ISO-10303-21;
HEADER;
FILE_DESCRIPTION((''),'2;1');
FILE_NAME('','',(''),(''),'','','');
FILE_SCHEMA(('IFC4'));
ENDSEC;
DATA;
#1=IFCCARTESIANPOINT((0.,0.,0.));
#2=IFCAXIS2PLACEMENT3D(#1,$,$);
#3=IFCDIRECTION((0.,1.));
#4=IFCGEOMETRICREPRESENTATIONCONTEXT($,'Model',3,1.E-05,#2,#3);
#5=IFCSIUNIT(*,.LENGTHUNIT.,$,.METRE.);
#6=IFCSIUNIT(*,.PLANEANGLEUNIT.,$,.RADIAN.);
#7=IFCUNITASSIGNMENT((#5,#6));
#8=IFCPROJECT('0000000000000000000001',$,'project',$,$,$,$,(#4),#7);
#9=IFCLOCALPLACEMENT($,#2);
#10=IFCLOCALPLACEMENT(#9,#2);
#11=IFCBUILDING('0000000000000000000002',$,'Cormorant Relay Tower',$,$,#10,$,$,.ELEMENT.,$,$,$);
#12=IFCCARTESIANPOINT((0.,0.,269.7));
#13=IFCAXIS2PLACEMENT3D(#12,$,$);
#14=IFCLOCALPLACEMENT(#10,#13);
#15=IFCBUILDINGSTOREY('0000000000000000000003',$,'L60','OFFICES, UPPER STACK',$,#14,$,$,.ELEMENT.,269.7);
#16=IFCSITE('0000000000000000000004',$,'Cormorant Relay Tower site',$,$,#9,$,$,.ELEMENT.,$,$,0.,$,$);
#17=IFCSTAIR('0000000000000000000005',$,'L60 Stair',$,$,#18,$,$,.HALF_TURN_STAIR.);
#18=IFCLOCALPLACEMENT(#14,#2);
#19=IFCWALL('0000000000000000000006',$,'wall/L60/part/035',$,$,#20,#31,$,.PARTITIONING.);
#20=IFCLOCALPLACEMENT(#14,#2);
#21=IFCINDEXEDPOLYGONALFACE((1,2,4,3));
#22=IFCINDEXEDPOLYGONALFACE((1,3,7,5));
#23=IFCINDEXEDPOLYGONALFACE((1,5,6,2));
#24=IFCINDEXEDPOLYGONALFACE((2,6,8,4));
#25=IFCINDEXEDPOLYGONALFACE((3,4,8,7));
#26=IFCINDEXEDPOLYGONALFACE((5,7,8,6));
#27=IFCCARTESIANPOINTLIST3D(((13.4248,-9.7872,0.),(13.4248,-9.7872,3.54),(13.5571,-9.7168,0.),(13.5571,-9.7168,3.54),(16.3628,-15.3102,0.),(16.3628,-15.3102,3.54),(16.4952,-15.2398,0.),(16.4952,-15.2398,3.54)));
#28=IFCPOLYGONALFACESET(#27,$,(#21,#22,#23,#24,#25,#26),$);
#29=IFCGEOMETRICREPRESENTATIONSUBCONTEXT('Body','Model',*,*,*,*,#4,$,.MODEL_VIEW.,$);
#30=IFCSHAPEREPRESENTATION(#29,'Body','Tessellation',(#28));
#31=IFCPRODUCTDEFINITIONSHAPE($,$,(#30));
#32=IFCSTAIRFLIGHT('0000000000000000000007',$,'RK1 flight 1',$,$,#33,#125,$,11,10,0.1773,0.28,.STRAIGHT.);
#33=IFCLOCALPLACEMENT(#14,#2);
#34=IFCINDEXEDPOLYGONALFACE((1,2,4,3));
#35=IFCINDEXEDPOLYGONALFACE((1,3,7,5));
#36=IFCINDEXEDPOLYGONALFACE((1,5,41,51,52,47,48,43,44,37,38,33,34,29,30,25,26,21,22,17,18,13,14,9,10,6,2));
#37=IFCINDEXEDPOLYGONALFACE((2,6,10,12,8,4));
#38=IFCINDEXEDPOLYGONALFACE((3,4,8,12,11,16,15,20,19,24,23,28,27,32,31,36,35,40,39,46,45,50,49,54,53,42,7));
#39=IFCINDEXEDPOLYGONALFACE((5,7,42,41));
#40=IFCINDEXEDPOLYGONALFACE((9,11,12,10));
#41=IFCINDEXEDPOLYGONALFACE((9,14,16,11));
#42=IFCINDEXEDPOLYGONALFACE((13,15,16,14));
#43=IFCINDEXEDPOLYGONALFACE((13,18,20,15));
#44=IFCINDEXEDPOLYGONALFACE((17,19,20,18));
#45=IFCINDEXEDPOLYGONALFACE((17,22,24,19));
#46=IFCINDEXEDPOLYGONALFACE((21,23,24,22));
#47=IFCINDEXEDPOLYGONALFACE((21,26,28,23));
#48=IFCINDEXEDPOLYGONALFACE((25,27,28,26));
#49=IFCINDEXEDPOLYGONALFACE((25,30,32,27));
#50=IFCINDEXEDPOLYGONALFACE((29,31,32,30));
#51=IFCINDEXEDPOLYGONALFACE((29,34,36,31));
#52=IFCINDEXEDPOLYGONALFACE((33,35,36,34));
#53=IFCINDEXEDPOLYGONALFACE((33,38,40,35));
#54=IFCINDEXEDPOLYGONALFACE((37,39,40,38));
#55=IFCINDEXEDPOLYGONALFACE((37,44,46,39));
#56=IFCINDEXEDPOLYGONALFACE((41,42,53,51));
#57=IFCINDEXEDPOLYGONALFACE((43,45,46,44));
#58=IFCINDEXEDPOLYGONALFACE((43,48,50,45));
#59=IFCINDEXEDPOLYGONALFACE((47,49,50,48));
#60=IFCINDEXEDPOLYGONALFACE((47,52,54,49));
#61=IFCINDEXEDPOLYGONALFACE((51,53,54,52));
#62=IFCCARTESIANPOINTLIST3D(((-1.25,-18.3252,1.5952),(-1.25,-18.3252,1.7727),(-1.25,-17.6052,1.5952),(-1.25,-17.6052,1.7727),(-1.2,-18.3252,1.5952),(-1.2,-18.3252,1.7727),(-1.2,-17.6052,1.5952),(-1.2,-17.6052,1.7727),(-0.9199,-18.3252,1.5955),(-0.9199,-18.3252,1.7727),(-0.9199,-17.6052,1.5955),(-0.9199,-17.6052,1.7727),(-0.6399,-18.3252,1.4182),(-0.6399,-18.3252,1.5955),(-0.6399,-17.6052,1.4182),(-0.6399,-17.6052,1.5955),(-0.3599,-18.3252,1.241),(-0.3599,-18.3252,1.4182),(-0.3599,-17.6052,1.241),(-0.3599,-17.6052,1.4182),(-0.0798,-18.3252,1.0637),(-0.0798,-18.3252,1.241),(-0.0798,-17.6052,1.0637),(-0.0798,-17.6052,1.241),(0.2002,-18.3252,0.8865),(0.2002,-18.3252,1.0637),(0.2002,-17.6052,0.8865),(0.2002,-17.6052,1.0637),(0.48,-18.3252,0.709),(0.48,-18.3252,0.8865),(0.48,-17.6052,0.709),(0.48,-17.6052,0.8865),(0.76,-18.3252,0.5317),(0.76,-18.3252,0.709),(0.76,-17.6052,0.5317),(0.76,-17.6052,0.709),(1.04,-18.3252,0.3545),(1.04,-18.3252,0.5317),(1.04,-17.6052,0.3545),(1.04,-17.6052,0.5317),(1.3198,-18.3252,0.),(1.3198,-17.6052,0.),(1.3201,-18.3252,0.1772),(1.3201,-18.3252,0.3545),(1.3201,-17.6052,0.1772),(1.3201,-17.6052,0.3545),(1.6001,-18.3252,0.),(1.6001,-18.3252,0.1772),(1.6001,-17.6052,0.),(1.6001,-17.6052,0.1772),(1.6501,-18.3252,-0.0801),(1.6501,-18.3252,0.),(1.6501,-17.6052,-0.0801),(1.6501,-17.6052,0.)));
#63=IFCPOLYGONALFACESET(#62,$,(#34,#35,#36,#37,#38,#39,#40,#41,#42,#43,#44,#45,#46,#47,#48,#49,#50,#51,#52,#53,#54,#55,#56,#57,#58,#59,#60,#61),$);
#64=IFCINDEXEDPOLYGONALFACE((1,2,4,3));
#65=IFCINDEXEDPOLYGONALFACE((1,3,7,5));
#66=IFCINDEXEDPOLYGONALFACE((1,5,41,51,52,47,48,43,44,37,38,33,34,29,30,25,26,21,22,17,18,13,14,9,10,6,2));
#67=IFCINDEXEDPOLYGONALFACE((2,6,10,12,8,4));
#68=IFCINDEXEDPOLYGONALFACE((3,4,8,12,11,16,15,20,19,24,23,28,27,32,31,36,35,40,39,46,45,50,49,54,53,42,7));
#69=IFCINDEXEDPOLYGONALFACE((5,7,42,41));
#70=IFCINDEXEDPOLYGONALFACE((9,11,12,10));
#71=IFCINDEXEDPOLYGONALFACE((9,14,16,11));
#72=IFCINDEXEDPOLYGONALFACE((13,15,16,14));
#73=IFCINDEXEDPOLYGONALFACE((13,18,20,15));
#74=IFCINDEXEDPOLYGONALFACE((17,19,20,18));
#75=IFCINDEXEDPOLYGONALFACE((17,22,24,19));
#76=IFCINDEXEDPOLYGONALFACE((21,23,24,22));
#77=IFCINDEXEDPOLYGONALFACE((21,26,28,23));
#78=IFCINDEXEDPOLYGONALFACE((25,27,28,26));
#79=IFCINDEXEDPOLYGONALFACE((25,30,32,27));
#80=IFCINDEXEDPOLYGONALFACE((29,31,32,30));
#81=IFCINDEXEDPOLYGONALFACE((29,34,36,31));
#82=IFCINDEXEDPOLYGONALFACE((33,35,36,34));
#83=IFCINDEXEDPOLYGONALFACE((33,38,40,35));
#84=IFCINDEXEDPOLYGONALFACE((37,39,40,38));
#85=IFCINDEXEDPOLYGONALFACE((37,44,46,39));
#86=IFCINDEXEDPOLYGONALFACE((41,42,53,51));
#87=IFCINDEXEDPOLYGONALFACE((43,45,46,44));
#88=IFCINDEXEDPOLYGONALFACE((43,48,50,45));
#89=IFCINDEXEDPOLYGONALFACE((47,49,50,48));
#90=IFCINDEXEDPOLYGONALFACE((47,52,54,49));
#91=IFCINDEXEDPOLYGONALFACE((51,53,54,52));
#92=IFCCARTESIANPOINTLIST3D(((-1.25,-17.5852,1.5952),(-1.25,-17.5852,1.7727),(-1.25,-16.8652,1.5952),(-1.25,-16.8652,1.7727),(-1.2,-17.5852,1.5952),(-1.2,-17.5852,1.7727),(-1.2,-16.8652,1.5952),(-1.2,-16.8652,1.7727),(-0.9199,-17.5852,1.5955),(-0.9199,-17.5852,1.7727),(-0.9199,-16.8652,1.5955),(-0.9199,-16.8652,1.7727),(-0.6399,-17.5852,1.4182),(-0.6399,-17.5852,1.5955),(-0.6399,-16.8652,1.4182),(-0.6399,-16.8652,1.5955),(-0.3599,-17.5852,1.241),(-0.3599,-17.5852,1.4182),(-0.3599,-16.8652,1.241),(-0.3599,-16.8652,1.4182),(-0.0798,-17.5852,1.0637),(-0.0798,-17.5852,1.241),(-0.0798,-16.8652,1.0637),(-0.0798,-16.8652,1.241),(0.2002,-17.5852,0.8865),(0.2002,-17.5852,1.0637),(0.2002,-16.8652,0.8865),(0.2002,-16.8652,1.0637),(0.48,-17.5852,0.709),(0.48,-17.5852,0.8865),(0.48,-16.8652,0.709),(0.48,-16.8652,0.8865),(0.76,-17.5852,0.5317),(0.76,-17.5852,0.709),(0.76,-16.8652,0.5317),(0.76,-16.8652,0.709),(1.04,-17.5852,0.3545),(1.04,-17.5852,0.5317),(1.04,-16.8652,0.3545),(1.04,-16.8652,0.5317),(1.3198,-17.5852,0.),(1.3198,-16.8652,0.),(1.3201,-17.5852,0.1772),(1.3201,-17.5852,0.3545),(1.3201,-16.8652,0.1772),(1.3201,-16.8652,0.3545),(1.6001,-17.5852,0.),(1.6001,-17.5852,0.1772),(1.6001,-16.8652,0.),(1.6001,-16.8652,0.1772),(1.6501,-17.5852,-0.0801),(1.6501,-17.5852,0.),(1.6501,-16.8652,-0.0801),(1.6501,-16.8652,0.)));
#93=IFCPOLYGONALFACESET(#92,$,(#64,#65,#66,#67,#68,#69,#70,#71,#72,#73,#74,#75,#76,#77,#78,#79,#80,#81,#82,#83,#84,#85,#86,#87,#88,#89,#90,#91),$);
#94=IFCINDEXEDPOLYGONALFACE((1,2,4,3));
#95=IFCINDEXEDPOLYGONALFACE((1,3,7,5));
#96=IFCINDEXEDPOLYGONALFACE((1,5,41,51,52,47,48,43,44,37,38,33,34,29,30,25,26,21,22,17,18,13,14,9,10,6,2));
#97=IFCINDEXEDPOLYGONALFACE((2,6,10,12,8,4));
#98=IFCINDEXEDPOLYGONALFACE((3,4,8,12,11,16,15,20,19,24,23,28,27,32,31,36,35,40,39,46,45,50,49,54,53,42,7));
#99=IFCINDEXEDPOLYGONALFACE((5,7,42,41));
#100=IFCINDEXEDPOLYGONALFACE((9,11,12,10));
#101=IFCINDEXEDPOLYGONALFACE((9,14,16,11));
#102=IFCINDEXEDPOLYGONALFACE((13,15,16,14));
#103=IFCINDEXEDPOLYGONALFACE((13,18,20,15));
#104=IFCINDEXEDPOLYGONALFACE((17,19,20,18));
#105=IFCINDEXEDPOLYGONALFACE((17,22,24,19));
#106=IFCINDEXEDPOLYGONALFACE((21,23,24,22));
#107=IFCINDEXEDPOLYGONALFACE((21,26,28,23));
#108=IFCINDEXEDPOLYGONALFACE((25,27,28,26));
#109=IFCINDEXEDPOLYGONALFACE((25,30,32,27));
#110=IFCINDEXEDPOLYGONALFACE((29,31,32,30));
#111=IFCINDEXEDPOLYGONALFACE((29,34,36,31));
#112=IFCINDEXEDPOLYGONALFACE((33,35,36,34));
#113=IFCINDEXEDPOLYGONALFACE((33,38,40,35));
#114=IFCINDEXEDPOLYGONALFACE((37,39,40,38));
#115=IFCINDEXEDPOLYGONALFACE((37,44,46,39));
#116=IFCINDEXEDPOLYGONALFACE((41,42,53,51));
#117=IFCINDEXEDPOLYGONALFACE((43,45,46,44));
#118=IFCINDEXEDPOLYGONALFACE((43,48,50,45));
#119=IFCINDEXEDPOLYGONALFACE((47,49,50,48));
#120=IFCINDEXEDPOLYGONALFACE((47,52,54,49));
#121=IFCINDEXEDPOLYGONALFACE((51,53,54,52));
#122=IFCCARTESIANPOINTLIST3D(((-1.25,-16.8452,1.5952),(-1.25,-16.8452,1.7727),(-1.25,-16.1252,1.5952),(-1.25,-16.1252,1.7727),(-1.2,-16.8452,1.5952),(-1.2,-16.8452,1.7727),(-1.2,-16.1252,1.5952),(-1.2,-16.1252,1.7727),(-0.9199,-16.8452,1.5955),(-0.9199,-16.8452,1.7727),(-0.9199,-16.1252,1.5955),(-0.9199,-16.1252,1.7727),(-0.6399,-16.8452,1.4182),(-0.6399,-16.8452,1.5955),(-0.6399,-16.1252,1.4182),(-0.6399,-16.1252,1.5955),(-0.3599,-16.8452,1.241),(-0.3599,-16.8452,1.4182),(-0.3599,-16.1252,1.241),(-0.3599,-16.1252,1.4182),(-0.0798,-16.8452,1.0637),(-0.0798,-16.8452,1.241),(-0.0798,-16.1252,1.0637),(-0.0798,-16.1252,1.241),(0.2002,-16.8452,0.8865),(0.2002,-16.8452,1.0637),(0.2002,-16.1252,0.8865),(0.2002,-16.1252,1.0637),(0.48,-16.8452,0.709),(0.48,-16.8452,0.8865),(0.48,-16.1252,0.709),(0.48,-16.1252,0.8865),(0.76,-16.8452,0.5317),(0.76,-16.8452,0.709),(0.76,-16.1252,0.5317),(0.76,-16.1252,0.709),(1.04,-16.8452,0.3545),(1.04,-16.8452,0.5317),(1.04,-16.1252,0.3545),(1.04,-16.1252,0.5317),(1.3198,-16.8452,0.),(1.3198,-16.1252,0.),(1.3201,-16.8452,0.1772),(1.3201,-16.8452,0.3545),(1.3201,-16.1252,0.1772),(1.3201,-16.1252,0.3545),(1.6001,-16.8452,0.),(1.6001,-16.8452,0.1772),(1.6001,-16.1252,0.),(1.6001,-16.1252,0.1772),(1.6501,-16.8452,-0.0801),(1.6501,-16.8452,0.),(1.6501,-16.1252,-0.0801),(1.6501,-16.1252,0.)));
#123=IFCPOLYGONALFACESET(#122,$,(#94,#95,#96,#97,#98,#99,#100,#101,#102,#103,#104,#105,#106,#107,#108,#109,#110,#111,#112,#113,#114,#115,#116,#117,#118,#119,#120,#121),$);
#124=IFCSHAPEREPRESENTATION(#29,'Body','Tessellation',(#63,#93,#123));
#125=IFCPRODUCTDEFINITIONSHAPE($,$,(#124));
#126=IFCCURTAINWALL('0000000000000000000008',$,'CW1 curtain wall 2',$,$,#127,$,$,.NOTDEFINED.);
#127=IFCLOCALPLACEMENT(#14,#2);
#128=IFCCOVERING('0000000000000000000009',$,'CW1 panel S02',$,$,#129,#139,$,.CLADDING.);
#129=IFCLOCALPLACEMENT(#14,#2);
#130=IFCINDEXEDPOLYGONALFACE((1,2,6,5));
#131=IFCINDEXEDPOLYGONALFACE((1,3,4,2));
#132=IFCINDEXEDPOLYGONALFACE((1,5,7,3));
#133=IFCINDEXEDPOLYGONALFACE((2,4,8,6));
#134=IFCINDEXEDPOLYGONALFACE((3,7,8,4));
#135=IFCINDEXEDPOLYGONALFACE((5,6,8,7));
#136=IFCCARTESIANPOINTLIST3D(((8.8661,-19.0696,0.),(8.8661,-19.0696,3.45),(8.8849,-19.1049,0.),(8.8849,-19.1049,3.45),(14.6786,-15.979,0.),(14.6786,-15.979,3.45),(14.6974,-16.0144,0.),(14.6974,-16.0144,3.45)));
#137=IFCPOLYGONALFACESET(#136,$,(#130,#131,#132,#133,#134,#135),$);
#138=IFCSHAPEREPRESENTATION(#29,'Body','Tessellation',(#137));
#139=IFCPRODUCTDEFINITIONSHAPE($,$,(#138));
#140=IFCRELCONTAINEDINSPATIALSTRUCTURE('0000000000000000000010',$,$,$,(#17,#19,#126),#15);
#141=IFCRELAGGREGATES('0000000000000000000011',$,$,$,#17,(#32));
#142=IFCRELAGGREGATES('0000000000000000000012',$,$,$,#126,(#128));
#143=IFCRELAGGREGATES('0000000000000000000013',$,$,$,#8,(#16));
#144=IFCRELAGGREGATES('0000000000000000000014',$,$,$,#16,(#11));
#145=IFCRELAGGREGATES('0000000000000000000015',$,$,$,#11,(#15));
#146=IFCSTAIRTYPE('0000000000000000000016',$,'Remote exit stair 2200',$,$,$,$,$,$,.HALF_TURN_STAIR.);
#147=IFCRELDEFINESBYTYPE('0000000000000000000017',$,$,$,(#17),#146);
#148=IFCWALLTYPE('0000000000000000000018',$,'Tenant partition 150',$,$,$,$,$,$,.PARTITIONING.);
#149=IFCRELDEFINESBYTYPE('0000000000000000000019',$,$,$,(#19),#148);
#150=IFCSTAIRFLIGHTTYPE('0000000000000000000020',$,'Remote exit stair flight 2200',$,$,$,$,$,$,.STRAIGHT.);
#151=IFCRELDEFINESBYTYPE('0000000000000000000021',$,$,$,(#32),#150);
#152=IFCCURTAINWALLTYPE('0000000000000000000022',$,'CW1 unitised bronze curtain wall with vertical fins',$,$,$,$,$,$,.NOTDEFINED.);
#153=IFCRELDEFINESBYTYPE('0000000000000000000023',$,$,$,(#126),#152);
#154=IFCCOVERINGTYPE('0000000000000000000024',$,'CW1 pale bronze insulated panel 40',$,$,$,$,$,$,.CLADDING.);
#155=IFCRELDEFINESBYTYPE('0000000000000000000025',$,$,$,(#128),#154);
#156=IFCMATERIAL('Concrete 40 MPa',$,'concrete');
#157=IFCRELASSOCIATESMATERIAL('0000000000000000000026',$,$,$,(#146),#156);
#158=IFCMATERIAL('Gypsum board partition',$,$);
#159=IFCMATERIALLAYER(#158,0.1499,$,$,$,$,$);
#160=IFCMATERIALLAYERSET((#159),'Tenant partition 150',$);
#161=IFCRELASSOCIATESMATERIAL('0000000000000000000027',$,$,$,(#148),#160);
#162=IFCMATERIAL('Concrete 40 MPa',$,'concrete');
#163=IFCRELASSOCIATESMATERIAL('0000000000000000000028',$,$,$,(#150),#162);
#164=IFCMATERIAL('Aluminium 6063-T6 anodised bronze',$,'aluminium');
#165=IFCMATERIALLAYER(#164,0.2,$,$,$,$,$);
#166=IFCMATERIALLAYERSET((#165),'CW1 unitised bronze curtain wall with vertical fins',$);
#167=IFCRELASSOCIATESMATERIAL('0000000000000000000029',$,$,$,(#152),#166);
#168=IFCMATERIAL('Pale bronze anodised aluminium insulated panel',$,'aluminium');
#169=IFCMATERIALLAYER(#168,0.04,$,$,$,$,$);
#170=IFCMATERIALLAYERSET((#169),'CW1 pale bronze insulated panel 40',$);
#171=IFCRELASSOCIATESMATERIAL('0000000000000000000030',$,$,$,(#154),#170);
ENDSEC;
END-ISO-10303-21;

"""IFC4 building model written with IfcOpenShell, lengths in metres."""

from ifc_helpers import new_model, si_unit, direction, frame, frame_2d, origin, origin_2d, place, context, subcontext, project, spatial, polyline, rectangle, outline, extrude, material, layer, layer_set, type_object, element, aggregate, save


model = new_model("IFC4")

# Units and contexts
model_context = context("Model", 3, precision=1e-05, world=origin(), true_north=direction((0.0, 1.0)))
body_context = subcontext(model_context, "Body", "Model", "MODEL_VIEW")
ifc_project = project(units=[si_unit("LENGTHUNIT", "METRE"), si_unit("PLANEANGLEUNIT", "RADIAN")], contexts=[model_context])

# Site, building, storey
site_placement = place(None, origin())
site = spatial("IfcSite", under=ifc_project, at=site_placement, Name="Cormorant Relay Tower site", CompositionType="ELEMENT", RefElevation=0.0)
building_placement = place(site_placement, origin())
building = spatial("IfcBuilding", under=site, at=building_placement, Name="Cormorant Relay Tower", CompositionType="ELEMENT")
storey_placement = place(building_placement, frame((0.0, 0.0, 269.7)))
storey = spatial("IfcBuildingStorey", under=building, at=storey_placement, Name="L60", Description="OFFICES, UPPER STACK", CompositionType="ELEMENT", Elevation=269.7)

# Stair
ifc_material_1 = material(Name="Concrete 40 MPa", Category="concrete")
stair_type_1 = type_object("IfcStairType", Name="Remote exit stair 2200", PredefinedType="HALF_TURN_STAIR", material=ifc_material_1)
stair_1_placement = place(storey_placement, origin())
stair_1 = element("IfcStair", 1, at=stair_1_placement, inside=storey, type_object=stair_type_1, Name="L60 Stair", PredefinedType="HALF_TURN_STAIR")

# Wall
ifc_material_2 = material(Name="Gypsum board partition")
ifc_layer_1 = layer(ifc_material_2, 0.1499)
ifc_layer_set_1 = layer_set([ifc_layer_1], Name="Tenant partition 150")
wall_type_1 = type_object("IfcWallType", Name="Tenant partition 150", PredefinedType="PARTITIONING", material=ifc_layer_set_1)
wall_1_placement = place(storey_placement, frame((13.491, -9.752, 0.0), z_axis=(0.0, 0.0, 1.0), x_axis=(0.469644, -0.882856, 0.0)))
element("IfcWall", 2, at=wall_1_placement, inside=storey, type_object=wall_type_1, Name="wall/L60/part/035", PredefinedType="PARTITIONING", context=body_context, shape_type="SweptSolid", body=[
    extrude(rectangle(XDim=6.2559, YDim=0.1499, at=frame_2d((3.1279, 0.0))), origin(), (0.0, 0.0, 1.0), 3.54),
])

# Stair flight
ifc_material_3 = material(Name="Concrete 40 MPa", Category="concrete")
stair_flight_type = type_object("IfcStairFlightType", Name="Remote exit stair flight 2200", PredefinedType="STRAIGHT", material=ifc_material_3)
stair_flight_placement = place(storey_placement, frame((1.6001, -17.2251, 0.0), z_axis=(0.0, 0.0, 1.0), x_axis=(-1.0, 0.0, 0.0)))
stair_flight = element("IfcStairFlight", 3, at=stair_flight_placement, type_object=stair_flight_type, Name="RK1 flight 1", NumberOfRisers=11, NumberOfTreads=10, PredefinedType="STRAIGHT", RiserHeight=0.1773, TreadLength=0.28, context=body_context, shape_type="SweptSolid", body=[
    extrude(outline(polyline([(-0.05, -0.0801), (-0.05, 0.0), (0.0, 0.0), (0.0, 0.1772), (0.28, 0.1772), (0.28, 0.3545), (0.5601, 0.3545), (0.5601, 0.5317), (0.8401, 0.5317), (0.8401, 0.709), (1.1201, 0.709), (1.1201, 0.8865), (1.3999, 0.8865), (1.3999, 1.0637), (1.6799, 1.0637), (1.6799, 1.241), (1.96, 1.241), (1.96, 1.4182), (2.24, 1.4182), (2.24, 1.5955), (2.52, 1.5955), (2.52, 1.7727), (2.8, 1.7727), (2.8501, 1.7727), (2.8501, 1.5952), (2.8, 1.5952), (0.2803, 0.0), (-0.05, -0.0801)])), frame((0.0, 1.1001, 0.0), z_axis=(0.0, -1.0, 0.0), x_axis=(1.0, 0.0, 0.0)), (0.0, 0.0, 1.0), 0.72),
    extrude(outline(polyline([(-0.05, -0.0801), (-0.05, 0.0), (0.0, 0.0), (0.0, 0.1772), (0.28, 0.1772), (0.28, 0.3545), (0.5601, 0.3545), (0.5601, 0.5317), (0.8401, 0.5317), (0.8401, 0.709), (1.1201, 0.709), (1.1201, 0.8865), (1.3999, 0.8865), (1.3999, 1.0637), (1.6799, 1.0637), (1.6799, 1.241), (1.96, 1.241), (1.96, 1.4182), (2.24, 1.4182), (2.24, 1.5955), (2.52, 1.5955), (2.52, 1.7727), (2.8, 1.7727), (2.8501, 1.7727), (2.8501, 1.5952), (2.8, 1.5952), (0.2803, 0.0), (-0.05, -0.0801)])), frame((0.0, 0.3601, 0.0), z_axis=(0.0, -1.0, 0.0), x_axis=(1.0, 0.0, 0.0)), (0.0, 0.0, 1.0), 0.72),
    extrude(outline(polyline([(-0.05, -0.0801), (-0.05, 0.0), (0.0, 0.0), (0.0, 0.1772), (0.28, 0.1772), (0.28, 0.3545), (0.5601, 0.3545), (0.5601, 0.5317), (0.8401, 0.5317), (0.8401, 0.709), (1.1201, 0.709), (1.1201, 0.8865), (1.3999, 0.8865), (1.3999, 1.0637), (1.6799, 1.0637), (1.6799, 1.241), (1.96, 1.241), (1.96, 1.4182), (2.24, 1.4182), (2.24, 1.5955), (2.52, 1.5955), (2.52, 1.7727), (2.8, 1.7727), (2.8501, 1.7727), (2.8501, 1.5952), (2.8, 1.5952), (0.2803, 0.0), (-0.05, -0.0801)])), frame((0.0, -0.3799, 0.0), z_axis=(0.0, -1.0, 0.0), x_axis=(1.0, 0.0, 0.0)), (0.0, 0.0, 1.0), 0.72),
])
aggregate(stair_1, [stair_flight])

# Curtain wall, covering
ifc_material_4 = material(Name="Aluminium 6063-T6 anodised bronze", Category="aluminium")
ifc_layer_2 = layer(ifc_material_4, 0.2)
ifc_layer_set_2 = layer_set([ifc_layer_2], Name="CW1 unitised bronze curtain wall with vertical fins")
curtain_wall_type = type_object("IfcCurtainWallType", Name="CW1 unitised bronze curtain wall with vertical fins", PredefinedType="NOTDEFINED", material=ifc_layer_set_2)
curtain_wall_placement = place(storey_placement, origin())
curtain_wall = element("IfcCurtainWall", 4, at=curtain_wall_placement, inside=storey, type_object=curtain_wall_type, Name="CW1 curtain wall 2", PredefinedType="NOTDEFINED")
ifc_material_5 = material(Name="Pale bronze anodised aluminium insulated panel", Category="aluminium")
ifc_layer_3 = layer(ifc_material_5, 0.04)
ifc_layer_set_3 = layer_set([ifc_layer_3], Name="CW1 pale bronze insulated panel 40")
covering_type = type_object("IfcCoveringType", Name="CW1 pale bronze insulated panel 40", PredefinedType="CLADDING", material=ifc_layer_set_3)
covering_placement = place(storey_placement, frame((11.7817, -17.542, 0.0), z_axis=(0.0, 0.0, 1.0), x_axis=(0.882948, 0.469472, 0.0)))
covering = element("IfcCovering", 5, at=covering_placement, type_object=covering_type, Name="CW1 panel S02", PredefinedType="CLADDING", context=body_context, shape_type="SweptSolid", body=[
    extrude(rectangle(XDim=6.583, YDim=0.04, at=origin_2d()), origin(), (0.0, 0.0, 1.0), 3.45),
])
aggregate(curtain_wall, [covering])

save(model, "model.ifc")
